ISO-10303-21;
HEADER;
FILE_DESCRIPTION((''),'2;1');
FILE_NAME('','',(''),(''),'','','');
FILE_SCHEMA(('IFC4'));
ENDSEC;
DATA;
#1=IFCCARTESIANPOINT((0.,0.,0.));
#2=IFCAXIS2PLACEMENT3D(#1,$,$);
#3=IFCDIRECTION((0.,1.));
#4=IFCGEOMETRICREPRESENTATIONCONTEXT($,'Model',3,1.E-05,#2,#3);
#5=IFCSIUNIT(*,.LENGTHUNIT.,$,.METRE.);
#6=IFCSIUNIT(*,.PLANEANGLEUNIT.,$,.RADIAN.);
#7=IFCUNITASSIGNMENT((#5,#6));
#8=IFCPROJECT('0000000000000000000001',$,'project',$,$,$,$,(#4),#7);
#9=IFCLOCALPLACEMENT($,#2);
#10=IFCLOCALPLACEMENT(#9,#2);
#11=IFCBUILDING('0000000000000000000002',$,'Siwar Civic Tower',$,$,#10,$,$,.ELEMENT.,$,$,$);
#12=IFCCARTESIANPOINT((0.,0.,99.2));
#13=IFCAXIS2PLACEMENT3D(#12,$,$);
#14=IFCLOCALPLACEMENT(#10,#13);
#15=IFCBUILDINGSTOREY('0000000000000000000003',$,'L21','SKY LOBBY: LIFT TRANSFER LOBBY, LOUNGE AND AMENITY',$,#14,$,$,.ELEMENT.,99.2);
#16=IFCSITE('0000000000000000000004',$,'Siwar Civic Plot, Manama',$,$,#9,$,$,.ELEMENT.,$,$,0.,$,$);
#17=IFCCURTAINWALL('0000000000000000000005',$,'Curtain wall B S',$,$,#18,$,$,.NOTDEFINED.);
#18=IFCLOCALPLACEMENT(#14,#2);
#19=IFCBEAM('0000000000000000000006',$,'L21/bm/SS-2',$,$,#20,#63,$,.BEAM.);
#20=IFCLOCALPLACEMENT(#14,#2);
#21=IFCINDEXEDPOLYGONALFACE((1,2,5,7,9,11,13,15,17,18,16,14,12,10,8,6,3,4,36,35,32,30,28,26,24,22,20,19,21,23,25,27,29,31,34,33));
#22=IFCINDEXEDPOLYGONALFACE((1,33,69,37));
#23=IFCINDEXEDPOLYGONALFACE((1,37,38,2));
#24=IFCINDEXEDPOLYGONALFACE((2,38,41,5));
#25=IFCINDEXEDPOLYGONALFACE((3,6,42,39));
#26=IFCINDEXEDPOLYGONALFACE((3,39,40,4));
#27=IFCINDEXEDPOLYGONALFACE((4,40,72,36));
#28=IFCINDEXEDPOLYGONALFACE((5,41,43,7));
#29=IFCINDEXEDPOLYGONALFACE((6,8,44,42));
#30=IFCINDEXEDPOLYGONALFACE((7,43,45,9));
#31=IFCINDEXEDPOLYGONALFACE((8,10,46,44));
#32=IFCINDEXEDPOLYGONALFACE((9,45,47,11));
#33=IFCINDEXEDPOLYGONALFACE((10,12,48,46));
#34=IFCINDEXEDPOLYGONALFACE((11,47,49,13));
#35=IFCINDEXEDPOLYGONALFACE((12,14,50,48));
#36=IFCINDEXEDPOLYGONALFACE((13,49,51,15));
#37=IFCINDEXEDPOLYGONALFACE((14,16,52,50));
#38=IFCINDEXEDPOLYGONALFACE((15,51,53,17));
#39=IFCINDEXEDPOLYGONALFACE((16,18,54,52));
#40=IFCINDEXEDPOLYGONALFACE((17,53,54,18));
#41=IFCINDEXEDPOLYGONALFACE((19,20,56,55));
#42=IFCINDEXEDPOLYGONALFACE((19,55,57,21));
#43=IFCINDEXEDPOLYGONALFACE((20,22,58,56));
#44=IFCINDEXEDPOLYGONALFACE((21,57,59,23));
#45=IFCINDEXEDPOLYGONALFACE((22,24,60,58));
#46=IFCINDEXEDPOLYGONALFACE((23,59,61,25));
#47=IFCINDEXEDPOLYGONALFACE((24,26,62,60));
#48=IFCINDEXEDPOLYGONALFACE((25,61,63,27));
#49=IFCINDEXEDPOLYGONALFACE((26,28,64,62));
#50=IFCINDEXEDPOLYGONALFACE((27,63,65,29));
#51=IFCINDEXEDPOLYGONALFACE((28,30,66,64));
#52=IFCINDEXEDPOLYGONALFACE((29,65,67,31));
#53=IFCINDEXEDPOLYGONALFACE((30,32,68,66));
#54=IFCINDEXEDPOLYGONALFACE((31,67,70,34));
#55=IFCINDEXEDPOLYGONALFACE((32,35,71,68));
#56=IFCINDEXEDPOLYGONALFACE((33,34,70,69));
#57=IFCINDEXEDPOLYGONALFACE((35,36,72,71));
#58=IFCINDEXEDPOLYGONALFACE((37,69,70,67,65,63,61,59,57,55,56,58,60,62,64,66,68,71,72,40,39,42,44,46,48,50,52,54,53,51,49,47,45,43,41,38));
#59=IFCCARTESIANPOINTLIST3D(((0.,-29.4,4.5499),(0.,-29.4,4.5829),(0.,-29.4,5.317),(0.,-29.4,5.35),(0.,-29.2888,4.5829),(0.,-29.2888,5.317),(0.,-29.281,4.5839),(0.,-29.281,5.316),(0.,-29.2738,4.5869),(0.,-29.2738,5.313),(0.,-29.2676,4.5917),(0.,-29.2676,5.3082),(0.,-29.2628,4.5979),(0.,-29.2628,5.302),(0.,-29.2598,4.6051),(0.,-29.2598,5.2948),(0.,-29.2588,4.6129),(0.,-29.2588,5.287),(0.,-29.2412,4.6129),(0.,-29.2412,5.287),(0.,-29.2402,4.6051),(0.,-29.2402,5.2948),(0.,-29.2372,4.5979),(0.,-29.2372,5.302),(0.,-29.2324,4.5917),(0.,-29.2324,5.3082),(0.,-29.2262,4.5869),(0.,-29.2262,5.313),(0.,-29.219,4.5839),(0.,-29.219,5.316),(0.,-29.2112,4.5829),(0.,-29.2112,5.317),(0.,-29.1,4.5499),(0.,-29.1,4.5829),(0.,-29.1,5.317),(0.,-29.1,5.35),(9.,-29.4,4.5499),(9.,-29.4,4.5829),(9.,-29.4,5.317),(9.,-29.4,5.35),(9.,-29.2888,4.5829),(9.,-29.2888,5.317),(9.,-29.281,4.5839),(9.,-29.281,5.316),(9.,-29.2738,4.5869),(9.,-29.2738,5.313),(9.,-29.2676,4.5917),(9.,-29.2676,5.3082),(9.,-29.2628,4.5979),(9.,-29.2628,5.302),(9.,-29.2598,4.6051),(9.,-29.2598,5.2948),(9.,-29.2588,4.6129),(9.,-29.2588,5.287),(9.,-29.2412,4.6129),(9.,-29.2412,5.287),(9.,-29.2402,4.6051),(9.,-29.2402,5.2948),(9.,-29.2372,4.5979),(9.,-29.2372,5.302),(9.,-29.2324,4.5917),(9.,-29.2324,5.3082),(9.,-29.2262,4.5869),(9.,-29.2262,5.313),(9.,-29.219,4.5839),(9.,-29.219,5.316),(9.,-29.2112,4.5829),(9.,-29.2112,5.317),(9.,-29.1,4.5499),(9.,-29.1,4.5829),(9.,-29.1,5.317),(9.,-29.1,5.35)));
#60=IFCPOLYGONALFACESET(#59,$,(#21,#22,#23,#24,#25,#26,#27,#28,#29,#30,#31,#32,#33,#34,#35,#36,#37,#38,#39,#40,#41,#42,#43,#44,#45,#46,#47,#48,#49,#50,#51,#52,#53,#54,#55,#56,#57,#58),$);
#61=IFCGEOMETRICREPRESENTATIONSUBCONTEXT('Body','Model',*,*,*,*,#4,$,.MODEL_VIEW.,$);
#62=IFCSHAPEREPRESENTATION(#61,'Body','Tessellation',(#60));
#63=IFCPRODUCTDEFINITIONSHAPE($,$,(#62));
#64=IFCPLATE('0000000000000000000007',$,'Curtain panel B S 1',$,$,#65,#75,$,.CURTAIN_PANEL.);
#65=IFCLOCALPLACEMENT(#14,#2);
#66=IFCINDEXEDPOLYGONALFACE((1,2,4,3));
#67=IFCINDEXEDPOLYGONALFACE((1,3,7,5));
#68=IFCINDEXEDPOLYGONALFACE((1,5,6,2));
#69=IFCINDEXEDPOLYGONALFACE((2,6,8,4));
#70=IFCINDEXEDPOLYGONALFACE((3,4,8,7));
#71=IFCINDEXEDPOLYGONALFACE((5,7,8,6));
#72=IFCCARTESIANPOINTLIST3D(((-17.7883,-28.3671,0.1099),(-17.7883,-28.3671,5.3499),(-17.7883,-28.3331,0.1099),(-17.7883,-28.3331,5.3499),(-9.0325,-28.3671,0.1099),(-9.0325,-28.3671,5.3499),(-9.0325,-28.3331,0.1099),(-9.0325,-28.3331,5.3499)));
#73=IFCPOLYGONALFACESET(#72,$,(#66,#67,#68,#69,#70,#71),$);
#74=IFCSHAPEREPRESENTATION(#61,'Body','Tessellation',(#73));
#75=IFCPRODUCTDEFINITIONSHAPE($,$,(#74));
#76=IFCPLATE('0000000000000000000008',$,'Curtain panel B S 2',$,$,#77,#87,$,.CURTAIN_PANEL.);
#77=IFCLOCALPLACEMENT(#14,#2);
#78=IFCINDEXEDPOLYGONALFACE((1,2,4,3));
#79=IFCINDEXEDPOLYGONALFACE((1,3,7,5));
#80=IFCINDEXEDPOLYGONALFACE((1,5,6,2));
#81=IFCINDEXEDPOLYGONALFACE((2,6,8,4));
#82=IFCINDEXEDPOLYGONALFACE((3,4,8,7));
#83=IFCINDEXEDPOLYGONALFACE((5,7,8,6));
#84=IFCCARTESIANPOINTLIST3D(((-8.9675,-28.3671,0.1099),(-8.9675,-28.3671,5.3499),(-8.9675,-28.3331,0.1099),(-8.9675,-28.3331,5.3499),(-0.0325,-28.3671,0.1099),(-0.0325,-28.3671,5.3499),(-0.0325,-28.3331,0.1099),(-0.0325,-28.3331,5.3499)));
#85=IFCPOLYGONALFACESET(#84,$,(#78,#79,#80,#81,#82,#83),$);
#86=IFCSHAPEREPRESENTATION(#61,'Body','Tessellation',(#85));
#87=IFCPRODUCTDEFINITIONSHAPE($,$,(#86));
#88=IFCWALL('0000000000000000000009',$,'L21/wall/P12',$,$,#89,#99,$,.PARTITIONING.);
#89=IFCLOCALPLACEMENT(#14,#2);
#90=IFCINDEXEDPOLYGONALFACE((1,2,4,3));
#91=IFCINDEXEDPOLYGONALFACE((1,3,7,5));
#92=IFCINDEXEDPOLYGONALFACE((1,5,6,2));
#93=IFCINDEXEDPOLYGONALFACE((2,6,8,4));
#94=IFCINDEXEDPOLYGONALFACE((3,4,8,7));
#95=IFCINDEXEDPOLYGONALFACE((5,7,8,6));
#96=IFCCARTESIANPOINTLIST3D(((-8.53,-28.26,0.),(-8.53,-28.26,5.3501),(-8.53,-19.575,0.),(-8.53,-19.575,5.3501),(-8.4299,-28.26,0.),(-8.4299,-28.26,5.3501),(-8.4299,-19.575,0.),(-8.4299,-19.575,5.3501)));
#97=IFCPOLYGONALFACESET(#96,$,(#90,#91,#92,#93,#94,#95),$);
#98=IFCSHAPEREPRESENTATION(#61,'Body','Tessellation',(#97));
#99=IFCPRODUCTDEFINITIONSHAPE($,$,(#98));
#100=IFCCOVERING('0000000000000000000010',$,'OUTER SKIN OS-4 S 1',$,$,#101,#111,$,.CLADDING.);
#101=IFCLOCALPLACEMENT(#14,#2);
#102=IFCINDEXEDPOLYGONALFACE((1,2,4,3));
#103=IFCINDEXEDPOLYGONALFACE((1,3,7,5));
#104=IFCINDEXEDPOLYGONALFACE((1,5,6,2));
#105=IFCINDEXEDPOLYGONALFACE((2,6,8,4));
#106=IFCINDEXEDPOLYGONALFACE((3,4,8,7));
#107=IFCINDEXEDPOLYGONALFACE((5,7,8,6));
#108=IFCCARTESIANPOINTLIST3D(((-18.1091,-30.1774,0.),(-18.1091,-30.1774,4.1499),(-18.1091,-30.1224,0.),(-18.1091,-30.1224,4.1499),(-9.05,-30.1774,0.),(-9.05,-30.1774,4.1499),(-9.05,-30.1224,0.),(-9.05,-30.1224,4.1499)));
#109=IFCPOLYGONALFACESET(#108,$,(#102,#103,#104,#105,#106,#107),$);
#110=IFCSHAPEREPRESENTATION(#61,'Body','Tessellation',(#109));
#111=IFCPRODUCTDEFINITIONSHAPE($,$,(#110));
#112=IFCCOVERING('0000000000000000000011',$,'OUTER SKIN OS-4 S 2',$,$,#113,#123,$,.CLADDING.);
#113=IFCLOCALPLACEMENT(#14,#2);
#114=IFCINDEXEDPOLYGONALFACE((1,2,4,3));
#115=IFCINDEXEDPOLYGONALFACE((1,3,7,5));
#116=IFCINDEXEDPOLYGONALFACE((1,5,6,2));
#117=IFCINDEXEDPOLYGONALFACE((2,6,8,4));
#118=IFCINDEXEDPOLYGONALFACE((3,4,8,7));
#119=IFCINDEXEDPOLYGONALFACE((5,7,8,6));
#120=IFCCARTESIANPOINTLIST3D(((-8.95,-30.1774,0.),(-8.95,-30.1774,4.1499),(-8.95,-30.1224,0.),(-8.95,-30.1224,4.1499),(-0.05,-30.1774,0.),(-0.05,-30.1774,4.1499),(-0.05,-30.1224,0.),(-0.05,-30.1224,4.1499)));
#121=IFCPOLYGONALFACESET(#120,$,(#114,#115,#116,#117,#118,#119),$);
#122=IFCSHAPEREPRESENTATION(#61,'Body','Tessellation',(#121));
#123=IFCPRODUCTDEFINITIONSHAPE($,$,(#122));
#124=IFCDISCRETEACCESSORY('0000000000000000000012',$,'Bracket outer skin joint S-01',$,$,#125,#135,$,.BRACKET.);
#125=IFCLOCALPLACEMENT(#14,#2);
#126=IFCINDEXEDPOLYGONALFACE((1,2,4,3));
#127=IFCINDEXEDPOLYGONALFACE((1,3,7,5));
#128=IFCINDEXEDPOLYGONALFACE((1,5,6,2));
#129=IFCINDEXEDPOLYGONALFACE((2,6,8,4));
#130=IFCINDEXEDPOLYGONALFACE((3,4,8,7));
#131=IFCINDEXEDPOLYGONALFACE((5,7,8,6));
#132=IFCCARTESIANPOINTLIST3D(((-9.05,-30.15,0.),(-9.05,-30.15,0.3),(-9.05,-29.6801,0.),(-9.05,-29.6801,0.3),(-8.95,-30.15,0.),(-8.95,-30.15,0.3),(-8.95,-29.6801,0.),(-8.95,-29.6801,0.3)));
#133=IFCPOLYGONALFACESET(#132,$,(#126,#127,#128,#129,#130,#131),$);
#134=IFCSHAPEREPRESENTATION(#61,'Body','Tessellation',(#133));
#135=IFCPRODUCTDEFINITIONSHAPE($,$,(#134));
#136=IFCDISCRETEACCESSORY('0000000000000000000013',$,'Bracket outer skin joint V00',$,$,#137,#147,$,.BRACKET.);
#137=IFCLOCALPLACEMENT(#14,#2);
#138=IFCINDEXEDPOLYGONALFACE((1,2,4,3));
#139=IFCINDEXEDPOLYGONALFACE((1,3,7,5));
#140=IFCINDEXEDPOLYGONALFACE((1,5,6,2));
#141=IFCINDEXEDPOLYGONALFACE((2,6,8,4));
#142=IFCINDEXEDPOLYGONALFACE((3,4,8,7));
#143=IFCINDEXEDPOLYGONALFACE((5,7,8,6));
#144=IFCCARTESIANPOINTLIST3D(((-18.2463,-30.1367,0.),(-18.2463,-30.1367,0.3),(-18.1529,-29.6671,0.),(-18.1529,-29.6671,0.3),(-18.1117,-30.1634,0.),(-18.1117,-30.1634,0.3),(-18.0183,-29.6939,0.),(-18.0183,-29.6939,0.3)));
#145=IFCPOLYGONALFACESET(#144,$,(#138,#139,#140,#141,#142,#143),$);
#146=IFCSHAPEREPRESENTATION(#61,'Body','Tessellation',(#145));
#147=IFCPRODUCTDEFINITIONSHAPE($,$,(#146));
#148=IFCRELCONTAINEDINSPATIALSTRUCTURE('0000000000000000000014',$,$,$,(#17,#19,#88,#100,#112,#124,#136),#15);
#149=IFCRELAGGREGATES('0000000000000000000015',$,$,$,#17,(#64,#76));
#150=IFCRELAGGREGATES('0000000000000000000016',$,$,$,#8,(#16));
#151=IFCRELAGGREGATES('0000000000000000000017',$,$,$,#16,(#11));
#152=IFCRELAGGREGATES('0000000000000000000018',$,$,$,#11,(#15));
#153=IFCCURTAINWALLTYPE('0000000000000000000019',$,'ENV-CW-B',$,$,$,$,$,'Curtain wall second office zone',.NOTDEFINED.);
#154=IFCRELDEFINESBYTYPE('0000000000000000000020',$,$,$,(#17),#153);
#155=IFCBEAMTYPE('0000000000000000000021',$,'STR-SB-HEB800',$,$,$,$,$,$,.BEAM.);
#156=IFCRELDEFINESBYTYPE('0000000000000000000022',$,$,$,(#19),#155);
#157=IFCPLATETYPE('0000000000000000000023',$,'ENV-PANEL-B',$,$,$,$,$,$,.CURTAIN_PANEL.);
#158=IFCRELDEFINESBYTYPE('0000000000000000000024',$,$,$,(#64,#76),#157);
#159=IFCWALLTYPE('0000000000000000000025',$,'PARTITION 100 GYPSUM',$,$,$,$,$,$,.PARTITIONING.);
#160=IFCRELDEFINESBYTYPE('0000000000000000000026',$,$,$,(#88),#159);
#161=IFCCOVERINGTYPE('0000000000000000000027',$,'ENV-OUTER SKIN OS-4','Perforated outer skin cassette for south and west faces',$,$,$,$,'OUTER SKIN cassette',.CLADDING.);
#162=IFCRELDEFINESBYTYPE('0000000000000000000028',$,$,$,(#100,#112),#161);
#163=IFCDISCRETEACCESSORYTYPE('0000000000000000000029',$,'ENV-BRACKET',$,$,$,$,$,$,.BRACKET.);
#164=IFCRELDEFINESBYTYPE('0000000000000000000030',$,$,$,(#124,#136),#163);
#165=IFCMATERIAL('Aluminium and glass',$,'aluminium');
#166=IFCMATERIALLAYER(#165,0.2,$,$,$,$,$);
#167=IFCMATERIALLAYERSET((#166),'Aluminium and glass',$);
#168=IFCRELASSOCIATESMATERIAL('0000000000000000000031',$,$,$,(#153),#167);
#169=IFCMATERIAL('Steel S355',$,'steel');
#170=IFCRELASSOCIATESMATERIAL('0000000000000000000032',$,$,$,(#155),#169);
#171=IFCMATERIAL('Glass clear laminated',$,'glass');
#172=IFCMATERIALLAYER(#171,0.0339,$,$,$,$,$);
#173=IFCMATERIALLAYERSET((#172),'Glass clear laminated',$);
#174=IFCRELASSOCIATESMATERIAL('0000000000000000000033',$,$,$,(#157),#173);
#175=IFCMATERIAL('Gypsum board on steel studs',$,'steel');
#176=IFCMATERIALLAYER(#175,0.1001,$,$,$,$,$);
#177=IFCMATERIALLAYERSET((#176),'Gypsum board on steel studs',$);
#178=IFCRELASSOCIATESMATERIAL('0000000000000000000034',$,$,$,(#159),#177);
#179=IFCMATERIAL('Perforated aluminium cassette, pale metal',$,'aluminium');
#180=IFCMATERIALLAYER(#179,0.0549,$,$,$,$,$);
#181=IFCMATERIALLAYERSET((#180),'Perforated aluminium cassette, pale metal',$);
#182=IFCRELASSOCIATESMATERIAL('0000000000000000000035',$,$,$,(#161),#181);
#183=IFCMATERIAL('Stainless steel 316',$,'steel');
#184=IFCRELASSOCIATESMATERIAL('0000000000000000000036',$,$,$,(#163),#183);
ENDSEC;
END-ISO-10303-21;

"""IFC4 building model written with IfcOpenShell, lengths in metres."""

from ifc_helpers import new_model, si_unit, direction, frame, frame_2d, origin, origin_2d, place, context, subcontext, project, spatial, rectangle, i_section, extrude, material, layer, layer_set, material_profile, profile_set, type_object, element, aggregate, save


model = new_model("IFC4")

# Units and contexts
model_context = context("Model", 3, precision=1e-05, world=origin(), true_north=direction((0.0, 1.0)))
body_context = subcontext(model_context, "Body", "Model", "MODEL_VIEW")
ifc_project = project(units=[si_unit("LENGTHUNIT", "METRE"), si_unit("PLANEANGLEUNIT", "RADIAN")], contexts=[model_context])

# Site, building, storey
site_placement = place(None, origin())
site = spatial("IfcSite", under=ifc_project, at=site_placement, Name="Siwar Civic Plot, Manama", CompositionType="ELEMENT", RefElevation=0.0)
building_placement = place(site_placement, origin())
building = spatial("IfcBuilding", under=site, at=building_placement, Name="Siwar Civic Tower", CompositionType="ELEMENT")
storey_placement = place(building_placement, frame((0.0, 0.0, 99.2)))
storey = spatial("IfcBuildingStorey", under=building, at=storey_placement, Name="L21", Description="SKY LOBBY: LIFT TRANSFER LOBBY, LOUNGE AND AMENITY", CompositionType="ELEMENT", Elevation=99.2)

# Curtain wall
ifc_material_1 = material(Name="Aluminium and glass", Category="aluminium")
ifc_layer_1 = layer(ifc_material_1, 0.2)
ifc_layer_set_1 = layer_set([ifc_layer_1], Name="Aluminium and glass")
curtain_wall_type = type_object("IfcCurtainWallType", Name="ENV-CW-B", ElementType="Curtain wall second office zone", PredefinedType="NOTDEFINED", material=ifc_layer_set_1)
curtain_wall_placement = place(storey_placement, origin())
curtain_wall = element("IfcCurtainWall", 1, at=curtain_wall_placement, inside=storey, type_object=curtain_wall_type, Name="Curtain wall B S", PredefinedType="NOTDEFINED")

# Beam
ifc_material_2 = material(Name="Steel S355", Category="steel")
ifc_material_profile_1 = material_profile(ifc_material_2, i_section(OverallWidth=0.3, OverallDepth=0.8, WebThickness=0.0176, FlangeThickness=0.033, FilletRadius=0.03, at=origin_2d()), Name="HEB800")
ifc_profile_set_1 = profile_set([ifc_material_profile_1], Name="Steel S355")
beam_type_1 = type_object("IfcBeamType", Name="STR-SB-HEB800", PredefinedType="BEAM", material=ifc_profile_set_1)
for number, where, z_axis, x_axis, name in (
    (2, (0.0, -29.25, 4.95), (1.0, 0.0, 0.0), (0.0, 1.0, 0.0), "L21/bm/SS-2"),
):
    element("IfcBeam", number, at=place(storey_placement, frame(where, z_axis=z_axis, x_axis=x_axis)), inside=storey, type_object=beam_type_1, Name=name, PredefinedType="BEAM", context=body_context, shape_type="SweptSolid", body=[
        extrude(i_section(OverallWidth=0.3, OverallDepth=0.8, WebThickness=0.0176, FlangeThickness=0.033, FilletRadius=0.03, at=origin_2d()), origin(), (0.0, 0.0, 1.0), 9.0),
    ])

# Plates
ifc_material_3 = material(Name="Glass clear laminated", Category="glass")
ifc_layer_2 = layer(ifc_material_3, 0.0339)
ifc_layer_set_2 = layer_set([ifc_layer_2], Name="Glass clear laminated")
plate_type = type_object("IfcPlateType", Name="ENV-PANEL-B", PredefinedType="CURTAIN_PANEL", material=ifc_layer_set_2)
plate_1_placement = place(storey_placement, frame((-13.4104, -28.3501, 0.1099), z_axis=(0.0, 0.0, 1.0), x_axis=(1.0, 0.0, 0.0)))
plate_1 = element("IfcPlate", 3, at=plate_1_placement, type_object=plate_type, Name="Curtain panel B S 1", PredefinedType="CURTAIN_PANEL", context=body_context, shape_type="SweptSolid", body=[
    extrude(rectangle(XDim=8.7559, YDim=0.0339, at=origin_2d()), origin(), (0.0, 0.0, 1.0), 5.24),
])
plate_2_placement = place(storey_placement, frame((-4.5, -28.3501, 0.1099), z_axis=(0.0, 0.0, 1.0), x_axis=(1.0, 0.0, 0.0)))
plate_2 = element("IfcPlate", 4, at=plate_2_placement, type_object=plate_type, Name="Curtain panel B S 2", PredefinedType="CURTAIN_PANEL", context=body_context, shape_type="SweptSolid", body=[
    extrude(rectangle(XDim=8.9351, YDim=0.0339, at=origin_2d()), origin(), (0.0, 0.0, 1.0), 5.24),
])
aggregate(curtain_wall, [plate_1, plate_2])

# Wall
ifc_material_4 = material(Name="Gypsum board on steel studs", Category="steel")
ifc_layer_3 = layer(ifc_material_4, 0.1001)
ifc_layer_set_3 = layer_set([ifc_layer_3], Name="Gypsum board on steel studs")
wall_type = type_object("IfcWallType", Name="PARTITION 100 GYPSUM", PredefinedType="PARTITIONING", material=ifc_layer_set_3)
wall_placement = place(storey_placement, frame((-8.48, -28.26, 0.0), z_axis=(0.0, 0.0, 1.0), x_axis=(0.0, 1.0, 0.0)))
element("IfcWall", 5, at=wall_placement, inside=storey, type_object=wall_type, Name="L21/wall/P12", PredefinedType="PARTITIONING", context=body_context, shape_type="SweptSolid", body=[
    extrude(rectangle(XDim=8.6851, YDim=0.1001, at=frame_2d((4.3425, 0.0))), origin(), (0.0, 0.0, 1.0), 5.3501),
])

# Coverings
ifc_material_5 = material(Name="Perforated aluminium cassette, pale metal", Category="aluminium")
ifc_layer_4 = layer(ifc_material_5, 0.0549)
ifc_layer_set_4 = layer_set([ifc_layer_4], Name="Perforated aluminium cassette, pale metal")
covering_type = type_object("IfcCoveringType", Name="ENV-OUTER SKIN OS-4", Description="Perforated outer skin cassette for south and west faces", ElementType="OUTER SKIN cassette", PredefinedType="CLADDING", material=ifc_layer_set_4)
covering_1_placement = place(storey_placement, frame((-13.5796, -30.1499, 0.0), z_axis=(0.0, 0.0, 1.0), x_axis=(1.0, 0.0, 0.0)))
element("IfcCovering", 6, at=covering_1_placement, inside=storey, type_object=covering_type, Name="OUTER SKIN OS-4 S 1", PredefinedType="CLADDING", context=body_context, shape_type="SweptSolid", body=[
    extrude(rectangle(XDim=9.0591, YDim=0.0549, at=origin_2d()), origin(), (0.0, 0.0, 1.0), 4.1499),
])
covering_2_placement = place(storey_placement, frame((-4.5, -30.1499, 0.0), z_axis=(0.0, 0.0, 1.0), x_axis=(1.0, 0.0, 0.0)))
element("IfcCovering", 7, at=covering_2_placement, inside=storey, type_object=covering_type, Name="OUTER SKIN OS-4 S 2", PredefinedType="CLADDING", context=body_context, shape_type="SweptSolid", body=[
    extrude(rectangle(XDim=8.8999, YDim=0.0549, at=origin_2d()), origin(), (0.0, 0.0, 1.0), 4.1499),
])

# Discrete accessories
ifc_material_6 = material(Name="Stainless steel 316", Category="steel")
discrete_accessory_type = type_object("IfcDiscreteAccessoryType", Name="ENV-BRACKET", PredefinedType="BRACKET", material=ifc_material_6)
discrete_accessory_1_placement = place(storey_placement, frame((-9.0, -29.915, 0.0), z_axis=(0.0, 0.0, 1.0), x_axis=(0.0, -1.0, 0.0)))
element("IfcDiscreteAccessory", 8, at=discrete_accessory_1_placement, inside=storey, type_object=discrete_accessory_type, Name="Bracket outer skin joint S-01", PredefinedType="BRACKET", context=body_context, shape_type="SweptSolid", body=[
    extrude(rectangle(XDim=0.47, YDim=0.1001, at=origin_2d()), origin(), (0.0, 0.0, 1.0), 0.3),
])
discrete_accessory_2_placement = place(storey_placement, frame((-18.1323, -29.9153, 0.0), z_axis=(0.0, 0.0, 1.0), x_axis=(-0.19509, -0.980785, 0.0)))
element("IfcDiscreteAccessory", 9, at=discrete_accessory_2_placement, inside=storey, type_object=discrete_accessory_type, Name="Bracket outer skin joint V00", PredefinedType="BRACKET", context=body_context, shape_type="SweptSolid", body=[
    extrude(rectangle(XDim=0.4788, YDim=0.1372, at=origin_2d()), origin(), (0.0, 0.0, 1.0), 0.3),
])

save(model, "model.ifc")
